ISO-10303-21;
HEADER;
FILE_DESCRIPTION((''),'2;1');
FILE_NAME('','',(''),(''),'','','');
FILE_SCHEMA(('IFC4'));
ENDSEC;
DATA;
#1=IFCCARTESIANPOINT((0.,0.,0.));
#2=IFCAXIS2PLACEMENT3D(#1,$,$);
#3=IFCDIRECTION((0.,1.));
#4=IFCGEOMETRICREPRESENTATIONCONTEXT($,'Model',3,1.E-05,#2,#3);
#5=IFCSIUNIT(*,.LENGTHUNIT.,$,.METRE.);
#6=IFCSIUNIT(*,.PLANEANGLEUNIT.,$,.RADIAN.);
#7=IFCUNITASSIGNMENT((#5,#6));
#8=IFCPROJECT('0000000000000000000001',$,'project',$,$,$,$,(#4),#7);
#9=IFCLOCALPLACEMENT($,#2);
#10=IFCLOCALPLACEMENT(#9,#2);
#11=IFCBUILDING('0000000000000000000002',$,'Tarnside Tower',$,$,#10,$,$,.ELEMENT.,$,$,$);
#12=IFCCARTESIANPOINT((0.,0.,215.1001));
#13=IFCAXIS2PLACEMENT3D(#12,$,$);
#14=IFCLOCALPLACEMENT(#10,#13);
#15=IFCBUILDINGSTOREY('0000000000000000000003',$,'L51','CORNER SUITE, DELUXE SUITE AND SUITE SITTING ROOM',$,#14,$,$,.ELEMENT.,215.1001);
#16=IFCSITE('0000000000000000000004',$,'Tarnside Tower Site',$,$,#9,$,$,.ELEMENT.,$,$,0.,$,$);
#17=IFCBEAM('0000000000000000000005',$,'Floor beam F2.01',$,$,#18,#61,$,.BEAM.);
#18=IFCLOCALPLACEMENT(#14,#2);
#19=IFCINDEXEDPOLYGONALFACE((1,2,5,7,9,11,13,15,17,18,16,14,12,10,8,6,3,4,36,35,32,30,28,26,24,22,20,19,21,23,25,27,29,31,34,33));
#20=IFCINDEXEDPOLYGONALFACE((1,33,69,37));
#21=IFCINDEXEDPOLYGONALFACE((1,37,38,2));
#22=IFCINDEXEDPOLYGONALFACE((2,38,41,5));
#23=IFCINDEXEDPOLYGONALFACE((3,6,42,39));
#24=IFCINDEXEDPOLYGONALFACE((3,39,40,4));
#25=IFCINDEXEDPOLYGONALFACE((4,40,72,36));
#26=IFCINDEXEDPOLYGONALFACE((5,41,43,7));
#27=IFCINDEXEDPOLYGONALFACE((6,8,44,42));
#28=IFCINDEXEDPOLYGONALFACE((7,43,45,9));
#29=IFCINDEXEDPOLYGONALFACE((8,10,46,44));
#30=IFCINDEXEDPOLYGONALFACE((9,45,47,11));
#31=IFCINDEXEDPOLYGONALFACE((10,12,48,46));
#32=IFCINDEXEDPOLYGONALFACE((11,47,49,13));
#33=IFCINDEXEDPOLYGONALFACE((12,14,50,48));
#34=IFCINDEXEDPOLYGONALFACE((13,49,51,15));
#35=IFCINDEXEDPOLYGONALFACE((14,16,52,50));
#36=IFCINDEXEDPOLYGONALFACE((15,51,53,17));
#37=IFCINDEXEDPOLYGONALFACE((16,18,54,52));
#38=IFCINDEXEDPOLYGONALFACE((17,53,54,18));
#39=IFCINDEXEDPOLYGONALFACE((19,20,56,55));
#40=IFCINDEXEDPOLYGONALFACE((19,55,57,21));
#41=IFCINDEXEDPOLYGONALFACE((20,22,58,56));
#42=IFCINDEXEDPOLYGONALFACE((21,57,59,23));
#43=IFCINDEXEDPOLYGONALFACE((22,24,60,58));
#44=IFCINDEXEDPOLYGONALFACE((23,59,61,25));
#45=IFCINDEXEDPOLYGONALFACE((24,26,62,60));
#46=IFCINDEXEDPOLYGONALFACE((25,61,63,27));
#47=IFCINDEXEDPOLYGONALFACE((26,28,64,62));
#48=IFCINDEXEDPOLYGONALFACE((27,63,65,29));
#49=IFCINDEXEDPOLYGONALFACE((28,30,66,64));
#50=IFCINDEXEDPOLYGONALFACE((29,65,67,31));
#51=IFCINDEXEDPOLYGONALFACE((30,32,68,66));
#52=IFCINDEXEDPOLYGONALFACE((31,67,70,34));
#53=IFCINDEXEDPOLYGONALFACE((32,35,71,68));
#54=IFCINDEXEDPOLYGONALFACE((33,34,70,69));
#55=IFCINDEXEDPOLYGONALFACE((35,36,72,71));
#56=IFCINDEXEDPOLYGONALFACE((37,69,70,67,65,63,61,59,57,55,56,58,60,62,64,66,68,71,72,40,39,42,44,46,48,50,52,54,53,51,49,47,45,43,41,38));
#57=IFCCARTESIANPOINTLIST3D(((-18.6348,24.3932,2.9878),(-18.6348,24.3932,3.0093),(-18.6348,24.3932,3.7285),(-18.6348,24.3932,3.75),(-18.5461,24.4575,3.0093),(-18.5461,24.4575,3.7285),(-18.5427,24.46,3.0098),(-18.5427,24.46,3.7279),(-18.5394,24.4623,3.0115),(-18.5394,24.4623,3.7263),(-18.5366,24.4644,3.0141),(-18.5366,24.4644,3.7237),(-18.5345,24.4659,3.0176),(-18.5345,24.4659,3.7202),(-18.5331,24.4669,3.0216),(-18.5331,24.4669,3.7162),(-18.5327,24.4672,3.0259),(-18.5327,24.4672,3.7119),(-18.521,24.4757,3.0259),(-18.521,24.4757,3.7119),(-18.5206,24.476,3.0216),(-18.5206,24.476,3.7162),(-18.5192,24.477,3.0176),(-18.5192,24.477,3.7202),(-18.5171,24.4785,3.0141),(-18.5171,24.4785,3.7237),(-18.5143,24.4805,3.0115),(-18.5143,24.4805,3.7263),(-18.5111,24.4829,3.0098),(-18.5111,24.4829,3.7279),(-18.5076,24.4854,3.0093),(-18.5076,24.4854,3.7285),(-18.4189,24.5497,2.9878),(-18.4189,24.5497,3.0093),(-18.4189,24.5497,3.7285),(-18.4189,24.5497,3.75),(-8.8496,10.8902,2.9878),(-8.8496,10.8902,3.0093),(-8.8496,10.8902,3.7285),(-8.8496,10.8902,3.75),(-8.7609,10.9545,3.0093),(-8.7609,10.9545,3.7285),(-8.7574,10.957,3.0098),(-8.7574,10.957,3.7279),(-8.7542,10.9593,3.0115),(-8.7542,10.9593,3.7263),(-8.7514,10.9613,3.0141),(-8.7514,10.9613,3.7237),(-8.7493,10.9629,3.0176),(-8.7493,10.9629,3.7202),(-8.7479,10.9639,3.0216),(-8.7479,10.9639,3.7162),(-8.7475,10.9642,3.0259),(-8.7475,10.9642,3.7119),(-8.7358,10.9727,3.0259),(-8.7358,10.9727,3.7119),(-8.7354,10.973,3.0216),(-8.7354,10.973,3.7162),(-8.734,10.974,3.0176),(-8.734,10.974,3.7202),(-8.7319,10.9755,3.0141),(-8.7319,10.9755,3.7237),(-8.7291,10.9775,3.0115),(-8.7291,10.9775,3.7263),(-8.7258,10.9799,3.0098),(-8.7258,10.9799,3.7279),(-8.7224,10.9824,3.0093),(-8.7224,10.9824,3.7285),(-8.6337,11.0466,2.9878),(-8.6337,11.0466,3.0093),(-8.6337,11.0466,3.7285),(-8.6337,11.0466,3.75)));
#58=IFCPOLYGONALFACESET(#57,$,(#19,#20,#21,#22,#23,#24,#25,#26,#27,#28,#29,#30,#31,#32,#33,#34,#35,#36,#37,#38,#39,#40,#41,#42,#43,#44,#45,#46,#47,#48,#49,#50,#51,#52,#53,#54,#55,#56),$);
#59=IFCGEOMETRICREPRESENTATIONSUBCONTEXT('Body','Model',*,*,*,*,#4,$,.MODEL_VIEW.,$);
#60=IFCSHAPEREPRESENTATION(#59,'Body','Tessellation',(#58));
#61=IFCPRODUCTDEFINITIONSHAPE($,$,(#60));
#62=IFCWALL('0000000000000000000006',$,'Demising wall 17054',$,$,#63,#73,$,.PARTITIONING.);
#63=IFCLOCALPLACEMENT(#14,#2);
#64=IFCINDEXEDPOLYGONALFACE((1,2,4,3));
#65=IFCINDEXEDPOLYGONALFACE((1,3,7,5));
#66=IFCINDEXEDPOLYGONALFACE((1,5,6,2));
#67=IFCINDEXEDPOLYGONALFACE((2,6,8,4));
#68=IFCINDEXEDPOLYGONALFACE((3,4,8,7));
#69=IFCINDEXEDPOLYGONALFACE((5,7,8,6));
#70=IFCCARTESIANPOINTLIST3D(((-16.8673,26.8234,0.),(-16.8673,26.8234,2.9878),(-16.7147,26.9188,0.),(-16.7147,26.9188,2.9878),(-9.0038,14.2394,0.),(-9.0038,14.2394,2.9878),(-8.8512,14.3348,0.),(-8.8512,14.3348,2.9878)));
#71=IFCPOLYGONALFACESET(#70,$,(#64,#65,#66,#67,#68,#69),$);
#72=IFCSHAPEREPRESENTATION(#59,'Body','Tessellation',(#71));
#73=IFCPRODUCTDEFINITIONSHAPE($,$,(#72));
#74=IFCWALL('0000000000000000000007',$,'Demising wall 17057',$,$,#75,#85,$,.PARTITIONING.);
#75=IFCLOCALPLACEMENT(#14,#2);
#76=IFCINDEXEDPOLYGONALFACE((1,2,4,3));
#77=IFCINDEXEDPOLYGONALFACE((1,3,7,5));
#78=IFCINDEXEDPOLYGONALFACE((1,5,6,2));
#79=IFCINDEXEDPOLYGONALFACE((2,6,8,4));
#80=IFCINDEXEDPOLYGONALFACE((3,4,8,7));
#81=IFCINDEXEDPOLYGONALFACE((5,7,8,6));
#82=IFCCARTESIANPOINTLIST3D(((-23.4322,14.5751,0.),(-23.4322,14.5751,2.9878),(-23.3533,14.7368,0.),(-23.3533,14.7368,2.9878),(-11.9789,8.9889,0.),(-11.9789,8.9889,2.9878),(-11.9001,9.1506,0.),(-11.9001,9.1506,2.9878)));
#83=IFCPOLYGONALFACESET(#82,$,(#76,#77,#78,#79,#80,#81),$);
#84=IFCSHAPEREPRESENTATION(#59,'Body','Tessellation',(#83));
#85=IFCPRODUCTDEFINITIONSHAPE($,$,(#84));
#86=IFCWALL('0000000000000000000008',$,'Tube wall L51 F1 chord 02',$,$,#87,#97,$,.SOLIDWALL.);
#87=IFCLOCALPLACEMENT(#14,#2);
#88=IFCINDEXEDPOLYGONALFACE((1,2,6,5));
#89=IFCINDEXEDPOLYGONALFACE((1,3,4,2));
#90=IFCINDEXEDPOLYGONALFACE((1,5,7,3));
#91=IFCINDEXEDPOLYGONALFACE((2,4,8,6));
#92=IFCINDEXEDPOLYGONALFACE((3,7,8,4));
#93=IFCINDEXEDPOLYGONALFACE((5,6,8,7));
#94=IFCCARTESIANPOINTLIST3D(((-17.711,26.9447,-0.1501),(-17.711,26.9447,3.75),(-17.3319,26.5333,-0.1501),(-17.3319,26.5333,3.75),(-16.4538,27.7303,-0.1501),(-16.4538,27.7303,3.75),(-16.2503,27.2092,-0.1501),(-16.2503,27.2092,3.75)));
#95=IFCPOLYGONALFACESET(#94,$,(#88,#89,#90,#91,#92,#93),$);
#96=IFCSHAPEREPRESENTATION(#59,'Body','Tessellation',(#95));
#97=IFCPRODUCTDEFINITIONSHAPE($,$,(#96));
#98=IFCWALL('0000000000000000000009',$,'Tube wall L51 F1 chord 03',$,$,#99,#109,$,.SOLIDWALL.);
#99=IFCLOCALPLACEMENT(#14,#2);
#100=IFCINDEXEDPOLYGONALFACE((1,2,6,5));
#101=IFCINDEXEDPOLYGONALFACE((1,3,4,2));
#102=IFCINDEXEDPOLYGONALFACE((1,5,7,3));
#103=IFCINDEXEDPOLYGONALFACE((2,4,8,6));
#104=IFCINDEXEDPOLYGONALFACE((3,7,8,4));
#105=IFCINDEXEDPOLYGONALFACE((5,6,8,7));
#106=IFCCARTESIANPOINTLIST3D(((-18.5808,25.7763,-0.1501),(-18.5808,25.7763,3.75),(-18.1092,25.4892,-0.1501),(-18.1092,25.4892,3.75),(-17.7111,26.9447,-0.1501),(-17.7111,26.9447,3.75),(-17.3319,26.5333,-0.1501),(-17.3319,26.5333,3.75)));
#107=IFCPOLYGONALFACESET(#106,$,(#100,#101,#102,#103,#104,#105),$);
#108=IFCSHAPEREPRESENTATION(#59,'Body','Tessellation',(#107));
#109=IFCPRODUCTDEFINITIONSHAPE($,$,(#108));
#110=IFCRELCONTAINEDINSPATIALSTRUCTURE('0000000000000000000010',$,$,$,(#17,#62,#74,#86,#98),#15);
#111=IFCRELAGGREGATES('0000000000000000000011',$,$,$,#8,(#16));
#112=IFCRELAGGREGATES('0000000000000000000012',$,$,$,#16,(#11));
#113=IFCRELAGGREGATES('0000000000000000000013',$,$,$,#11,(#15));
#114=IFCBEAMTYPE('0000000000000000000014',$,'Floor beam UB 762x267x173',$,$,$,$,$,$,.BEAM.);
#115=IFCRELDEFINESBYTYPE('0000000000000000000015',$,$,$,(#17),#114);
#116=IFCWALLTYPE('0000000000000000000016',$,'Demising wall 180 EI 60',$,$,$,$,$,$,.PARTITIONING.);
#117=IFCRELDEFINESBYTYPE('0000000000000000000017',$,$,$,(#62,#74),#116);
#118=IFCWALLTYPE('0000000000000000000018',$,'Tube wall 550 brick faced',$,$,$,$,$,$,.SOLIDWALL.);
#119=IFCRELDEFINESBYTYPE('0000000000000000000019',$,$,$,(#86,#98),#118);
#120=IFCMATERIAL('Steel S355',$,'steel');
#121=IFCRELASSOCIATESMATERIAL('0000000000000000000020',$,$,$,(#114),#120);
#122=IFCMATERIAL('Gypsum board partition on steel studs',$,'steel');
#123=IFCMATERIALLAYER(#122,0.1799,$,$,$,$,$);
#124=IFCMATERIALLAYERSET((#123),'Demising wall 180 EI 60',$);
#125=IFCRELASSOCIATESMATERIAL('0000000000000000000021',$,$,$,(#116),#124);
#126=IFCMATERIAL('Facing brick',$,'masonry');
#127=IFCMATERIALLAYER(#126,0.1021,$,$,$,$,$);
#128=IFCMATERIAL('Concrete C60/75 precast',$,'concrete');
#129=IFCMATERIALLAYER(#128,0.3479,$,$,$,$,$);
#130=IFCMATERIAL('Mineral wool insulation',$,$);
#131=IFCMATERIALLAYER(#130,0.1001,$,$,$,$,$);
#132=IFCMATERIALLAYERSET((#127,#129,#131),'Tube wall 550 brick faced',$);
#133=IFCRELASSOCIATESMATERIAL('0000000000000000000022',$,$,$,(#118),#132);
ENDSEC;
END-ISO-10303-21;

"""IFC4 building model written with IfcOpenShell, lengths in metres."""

from ifc_helpers import new_model, si_unit, direction, frame, frame_2d, origin, origin_2d, place, context, subcontext, project, spatial, polyline, rectangle, i_section, outline, extrude, material, layer, layer_set, material_profile, profile_set, type_object, element, save


model = new_model("IFC4")

# Units and contexts
model_context = context("Model", 3, precision=1e-05, world=origin(), true_north=direction((0.0, 1.0)))
body_context = subcontext(model_context, "Body", "Model", "MODEL_VIEW")
ifc_project = project(units=[si_unit("LENGTHUNIT", "METRE"), si_unit("PLANEANGLEUNIT", "RADIAN")], contexts=[model_context])

# Site, building, storey
site_placement = place(None, origin())
site = spatial("IfcSite", under=ifc_project, at=site_placement, Name="Tarnside Tower Site", CompositionType="ELEMENT", RefElevation=0.0)
building_placement = place(site_placement, origin())
building = spatial("IfcBuilding", under=site, at=building_placement, Name="Tarnside Tower", CompositionType="ELEMENT")
storey_placement = place(building_placement, frame((0.0, 0.0, 215.1001)))
storey = spatial("IfcBuildingStorey", under=building, at=storey_placement, Name="L51", Description="CORNER SUITE, DELUXE SUITE AND SUITE SITTING ROOM", CompositionType="ELEMENT", Elevation=215.1001)

# Beam
ifc_material_1 = material(Name="Steel S355", Category="steel")
ifc_material_profile_1 = material_profile(ifc_material_1, i_section(OverallWidth=0.2666, OverallDepth=0.7622, WebThickness=0.0144, FlangeThickness=0.0215, FilletRadius=0.0166, at=origin_2d()), Name="UB 762x267x173")
ifc_profile_set_1 = profile_set([ifc_material_profile_1], Name="Steel S355")
beam_type_1 = type_object("IfcBeamType", Name="Floor beam UB 762x267x173", PredefinedType="BEAM", material=ifc_profile_set_1)
beam_1_placement = place(storey_placement, frame((-18.5269, 24.4714, 3.3689), z_axis=(0.586792, -0.809738, 0.0), x_axis=(0.809738, 0.586792, 0.0)))
element("IfcBeam", 1, at=beam_1_placement, inside=storey, type_object=beam_type_1, Name="Floor beam F2.01", PredefinedType="BEAM", context=body_context, shape_type="SweptSolid", body=[
    extrude(i_section(OverallWidth=0.2666, OverallDepth=0.7622, WebThickness=0.0144, FlangeThickness=0.0215, FilletRadius=0.0166, at=origin_2d()), origin(), (0.0, 0.0, 1.0), 16.6758),
])

# Walls
ifc_material_2 = material(Name="Gypsum board partition on steel studs", Category="steel")
ifc_layer_1 = layer(ifc_material_2, 0.1799)
ifc_layer_set_1 = layer_set([ifc_layer_1], Name="Demising wall 180 EI 60")
wall_type_1 = type_object("IfcWallType", Name="Demising wall 180 EI 60", PredefinedType="PARTITIONING", material=ifc_layer_set_1)
wall_1_placement = place(storey_placement, frame((-16.791, 26.8711, 0.0), z_axis=(0.0, 0.0, 1.0), x_axis=(0.529928, -0.848043, 0.0)))
element("IfcWall", 2, at=wall_1_placement, inside=storey, type_object=wall_type_1, Name="Demising wall 17054", PredefinedType="PARTITIONING", context=body_context, shape_type="SweptSolid", body=[
    extrude(rectangle(XDim=14.8389, YDim=0.1799, at=frame_2d((7.4194, 0.0))), origin(), (0.0, 0.0, 1.0), 2.9878),
])
wall_2_placement = place(storey_placement, frame((-23.3928, 14.656, 0.0), z_axis=(0.0, 0.0, 1.0), x_axis=(0.89879, -0.438379, 0.0)))
element("IfcWall", 3, at=wall_2_placement, inside=storey, type_object=wall_type_1, Name="Demising wall 17057", PredefinedType="PARTITIONING", context=body_context, shape_type="SweptSolid", body=[
    extrude(rectangle(XDim=12.7429, YDim=0.1799, at=frame_2d((6.3716, 0.0))), origin(), (0.0, 0.0, 1.0), 2.9878),
])
ifc_material_3 = material(Name="Facing brick", Category="masonry")
ifc_layer_2 = layer(ifc_material_3, 0.1021)
ifc_material_4 = material(Name="Concrete C60/75 precast", Category="concrete")
ifc_layer_3 = layer(ifc_material_4, 0.3479)
ifc_material_5 = material(Name="Mineral wool insulation")
ifc_layer_4 = layer(ifc_material_5, 0.1001)
ifc_layer_set_2 = layer_set([ifc_layer_2, ifc_layer_3, ifc_layer_4], Name="Tube wall 550 brick faced")
wall_type_2 = type_object("IfcWallType", Name="Tube wall 550 brick faced", PredefinedType="SOLIDWALL", material=ifc_layer_set_2)
wall_3_placement = place(storey_placement, frame((-16.3521, 27.4697, -0.1501), z_axis=(0.0, 0.0, 1.0), x_axis=(-0.848058, -0.529903, 0.0)))
element("IfcWall", 4, at=wall_3_placement, inside=storey, type_object=wall_type_2, Name="Tube wall L51 F1 chord 02", PredefinedType="SOLIDWALL", context=body_context, shape_type="SweptSolid", body=[
    extrude(outline(polyline([(-0.0518, -0.2749), (1.4307, -0.2749), (1.3271, 0.2749), (0.0518, 0.2749), (-0.0518, -0.2749)])), origin(), (0.0, 0.0, 1.0), 3.9001),
])
wall_4_placement = place(storey_placement, frame((-17.5215, 26.739, -0.1501), z_axis=(0.0, 0.0, 1.0), x_axis=(-0.597135, -0.802141, 0.0)))
element("IfcWall", 5, at=wall_4_placement, inside=storey, type_object=wall_type_2, Name="Tube wall L51 F1 chord 03", PredefinedType="SOLIDWALL", context=body_context, shape_type="SweptSolid", body=[
    extrude(outline(polyline([(-0.0518, -0.2749), (1.4048, -0.2749), (1.3535, 0.2749), (0.0518, 0.2749), (-0.0518, -0.2749)])), origin(), (0.0, 0.0, 1.0), 3.9001),
])

save(model, "model.ifc")
